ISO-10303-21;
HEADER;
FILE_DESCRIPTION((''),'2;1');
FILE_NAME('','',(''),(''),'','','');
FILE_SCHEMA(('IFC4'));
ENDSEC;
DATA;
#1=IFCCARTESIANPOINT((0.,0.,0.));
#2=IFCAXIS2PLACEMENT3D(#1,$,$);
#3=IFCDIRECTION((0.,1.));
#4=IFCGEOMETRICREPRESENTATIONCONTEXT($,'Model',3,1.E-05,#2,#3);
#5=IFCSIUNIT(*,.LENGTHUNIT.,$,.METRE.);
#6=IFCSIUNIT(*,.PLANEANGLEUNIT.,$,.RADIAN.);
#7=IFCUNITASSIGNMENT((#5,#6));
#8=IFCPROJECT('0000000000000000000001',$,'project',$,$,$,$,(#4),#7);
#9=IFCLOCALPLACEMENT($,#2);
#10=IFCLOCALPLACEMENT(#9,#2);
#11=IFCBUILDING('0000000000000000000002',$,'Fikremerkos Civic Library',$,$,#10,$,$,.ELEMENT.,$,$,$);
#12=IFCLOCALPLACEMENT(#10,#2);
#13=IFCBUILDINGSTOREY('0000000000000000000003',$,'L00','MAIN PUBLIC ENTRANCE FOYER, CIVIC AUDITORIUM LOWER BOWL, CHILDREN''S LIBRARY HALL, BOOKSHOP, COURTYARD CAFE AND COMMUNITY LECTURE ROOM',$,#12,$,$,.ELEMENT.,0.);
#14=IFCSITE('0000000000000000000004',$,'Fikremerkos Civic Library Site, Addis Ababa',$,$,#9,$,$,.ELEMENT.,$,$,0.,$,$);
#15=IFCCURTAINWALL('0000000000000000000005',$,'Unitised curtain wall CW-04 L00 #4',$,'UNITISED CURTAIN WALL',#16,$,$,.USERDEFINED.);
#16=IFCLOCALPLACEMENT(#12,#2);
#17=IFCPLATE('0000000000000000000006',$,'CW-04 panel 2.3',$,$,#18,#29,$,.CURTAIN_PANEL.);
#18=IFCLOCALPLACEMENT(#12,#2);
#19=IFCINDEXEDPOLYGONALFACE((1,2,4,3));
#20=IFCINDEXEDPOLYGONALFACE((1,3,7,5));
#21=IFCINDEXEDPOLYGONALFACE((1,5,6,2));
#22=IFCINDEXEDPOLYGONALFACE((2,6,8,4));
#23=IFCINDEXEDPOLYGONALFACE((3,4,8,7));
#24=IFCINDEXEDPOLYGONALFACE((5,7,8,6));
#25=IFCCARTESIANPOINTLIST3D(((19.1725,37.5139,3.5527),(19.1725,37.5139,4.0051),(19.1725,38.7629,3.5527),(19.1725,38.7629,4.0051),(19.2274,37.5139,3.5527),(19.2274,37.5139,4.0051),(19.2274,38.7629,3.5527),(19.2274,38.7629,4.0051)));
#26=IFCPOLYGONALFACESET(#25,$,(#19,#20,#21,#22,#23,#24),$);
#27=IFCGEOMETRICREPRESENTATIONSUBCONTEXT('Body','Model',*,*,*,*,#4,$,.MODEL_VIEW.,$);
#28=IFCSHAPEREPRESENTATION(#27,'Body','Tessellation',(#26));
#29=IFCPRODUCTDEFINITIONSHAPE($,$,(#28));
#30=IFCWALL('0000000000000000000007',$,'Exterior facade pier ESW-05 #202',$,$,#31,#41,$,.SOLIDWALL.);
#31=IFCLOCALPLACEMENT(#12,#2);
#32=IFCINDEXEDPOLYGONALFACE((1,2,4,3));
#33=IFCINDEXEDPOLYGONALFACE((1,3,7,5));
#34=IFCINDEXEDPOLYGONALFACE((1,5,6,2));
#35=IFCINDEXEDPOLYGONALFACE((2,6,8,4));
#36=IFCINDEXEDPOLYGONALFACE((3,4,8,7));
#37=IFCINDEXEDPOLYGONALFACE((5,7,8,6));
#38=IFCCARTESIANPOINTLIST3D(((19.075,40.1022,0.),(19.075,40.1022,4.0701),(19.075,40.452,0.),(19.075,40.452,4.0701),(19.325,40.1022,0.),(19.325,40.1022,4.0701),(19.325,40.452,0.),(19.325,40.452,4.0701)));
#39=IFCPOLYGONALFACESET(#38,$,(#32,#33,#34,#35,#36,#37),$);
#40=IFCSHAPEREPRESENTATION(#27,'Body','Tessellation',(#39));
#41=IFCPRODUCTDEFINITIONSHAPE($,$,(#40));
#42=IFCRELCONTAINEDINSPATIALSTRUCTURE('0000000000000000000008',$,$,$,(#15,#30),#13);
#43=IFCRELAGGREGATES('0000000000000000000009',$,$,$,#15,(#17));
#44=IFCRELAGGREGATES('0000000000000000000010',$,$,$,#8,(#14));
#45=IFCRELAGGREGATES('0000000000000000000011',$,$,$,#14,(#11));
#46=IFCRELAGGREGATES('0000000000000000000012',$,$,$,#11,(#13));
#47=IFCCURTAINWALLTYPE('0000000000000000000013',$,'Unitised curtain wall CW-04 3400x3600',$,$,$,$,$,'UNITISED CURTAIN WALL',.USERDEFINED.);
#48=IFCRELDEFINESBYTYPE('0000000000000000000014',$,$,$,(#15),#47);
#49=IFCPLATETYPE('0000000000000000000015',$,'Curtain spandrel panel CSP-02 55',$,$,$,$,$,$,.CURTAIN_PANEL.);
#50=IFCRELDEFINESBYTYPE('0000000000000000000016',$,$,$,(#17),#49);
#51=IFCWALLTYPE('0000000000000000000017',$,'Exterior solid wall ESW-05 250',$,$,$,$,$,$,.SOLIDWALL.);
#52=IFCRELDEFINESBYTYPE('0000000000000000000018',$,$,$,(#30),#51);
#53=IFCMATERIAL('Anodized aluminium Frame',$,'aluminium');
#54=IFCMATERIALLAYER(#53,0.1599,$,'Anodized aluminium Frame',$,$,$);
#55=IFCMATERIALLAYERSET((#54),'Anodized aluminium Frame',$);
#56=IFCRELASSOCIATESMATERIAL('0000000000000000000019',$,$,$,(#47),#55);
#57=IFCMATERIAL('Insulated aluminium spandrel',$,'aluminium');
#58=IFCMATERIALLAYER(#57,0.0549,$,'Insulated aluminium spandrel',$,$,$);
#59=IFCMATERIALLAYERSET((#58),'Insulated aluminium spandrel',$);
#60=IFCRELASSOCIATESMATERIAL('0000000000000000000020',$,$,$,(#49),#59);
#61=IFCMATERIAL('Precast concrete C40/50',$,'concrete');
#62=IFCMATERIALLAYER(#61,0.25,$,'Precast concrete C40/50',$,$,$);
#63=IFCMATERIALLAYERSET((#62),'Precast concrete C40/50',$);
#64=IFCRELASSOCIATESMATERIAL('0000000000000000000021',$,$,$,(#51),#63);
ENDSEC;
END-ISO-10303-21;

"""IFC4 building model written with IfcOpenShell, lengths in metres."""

from ifc_helpers import new_model, si_unit, direction, frame, frame_2d, origin, origin_2d, place, context, subcontext, project, spatial, rectangle, extrude, material, layer, layer_set, type_object, element, aggregate, save


model = new_model("IFC4")

# Units and contexts
model_context = context("Model", 3, precision=1e-05, world=origin(), true_north=direction((0.0, 1.0)))
body_context = subcontext(model_context, "Body", "Model", "MODEL_VIEW")
ifc_project = project(units=[si_unit("LENGTHUNIT", "METRE"), si_unit("PLANEANGLEUNIT", "RADIAN")], contexts=[model_context])

# Site, building, storey
site_placement = place(None, origin())
site = spatial("IfcSite", under=ifc_project, at=site_placement, Name="Fikremerkos Civic Library Site, Addis Ababa", CompositionType="ELEMENT", RefElevation=0.0)
building_placement = place(site_placement, origin())
building = spatial("IfcBuilding", under=site, at=building_placement, Name="Fikremerkos Civic Library", CompositionType="ELEMENT")
storey_placement = place(building_placement, origin())
storey = spatial("IfcBuildingStorey", under=building, at=storey_placement, Name="L00", Description="MAIN PUBLIC ENTRANCE FOYER, CIVIC AUDITORIUM LOWER BOWL, CHILDREN'S LIBRARY HALL, BOOKSHOP, COURTYARD CAFE AND COMMUNITY LECTURE ROOM", CompositionType="ELEMENT", Elevation=0.0)

# Curtain wall
ifc_material_1 = material(Name="Anodized aluminium Frame", Category="aluminium")
ifc_layer_1 = layer(ifc_material_1, 0.1599, Name="Anodized aluminium Frame")
ifc_layer_set_1 = layer_set([ifc_layer_1], Name="Anodized aluminium Frame")
curtain_wall_type = type_object("IfcCurtainWallType", Name="Unitised curtain wall CW-04 3400x3600", ElementType="UNITISED CURTAIN WALL", PredefinedType="USERDEFINED", material=ifc_layer_set_1)
curtain_wall_placement = place(storey_placement, origin())
curtain_wall = element("IfcCurtainWall", 1, at=curtain_wall_placement, inside=storey, type_object=curtain_wall_type, Name="Unitised curtain wall CW-04 L00 #4", ObjectType="UNITISED CURTAIN WALL", PredefinedType="USERDEFINED")

# Plate
ifc_material_2 = material(Name="Insulated aluminium spandrel", Category="aluminium")
ifc_layer_2 = layer(ifc_material_2, 0.0549, Name="Insulated aluminium spandrel")
ifc_layer_set_2 = layer_set([ifc_layer_2], Name="Insulated aluminium spandrel")
plate_type = type_object("IfcPlateType", Name="Curtain spandrel panel CSP-02 55", PredefinedType="CURTAIN_PANEL", material=ifc_layer_set_2)
plate_1_placement = place(storey_placement, frame((19.2, 38.1384, 3.5527), z_axis=(0.0, 0.0, 1.0), x_axis=(0.0, -1.0, 0.0)))
plate_1 = element("IfcPlate", 2, at=plate_1_placement, type_object=plate_type, Name="CW-04 panel 2.3", PredefinedType="CURTAIN_PANEL", context=body_context, shape_type="SweptSolid", body=[
    extrude(rectangle(XDim=1.249, YDim=0.0549, at=origin_2d()), origin(), (0.0, 0.0, 1.0), 0.4524),
])
aggregate(curtain_wall, [plate_1])

# Wall
ifc_material_3 = material(Name="Precast concrete C40/50", Category="concrete")
ifc_layer_3 = layer(ifc_material_3, 0.25, Name="Precast concrete C40/50")
ifc_layer_set_3 = layer_set([ifc_layer_3], Name="Precast concrete C40/50")
wall_type = type_object("IfcWallType", Name="Exterior solid wall ESW-05 250", PredefinedType="SOLIDWALL", material=ifc_layer_set_3)
wall_placement = place(storey_placement, frame((19.2, 40.4519, 0.0), z_axis=(0.0, 0.0, 1.0), x_axis=(0.0, -1.0, 0.0)))
element("IfcWall", 3, at=wall_placement, inside=storey, type_object=wall_type, Name="Exterior facade pier ESW-05 #202", PredefinedType="SOLIDWALL", context=body_context, shape_type="SweptSolid", body=[
    extrude(rectangle(XDim=0.3499, YDim=0.25, at=frame_2d((0.1748, 0.0))), origin(), (0.0, 0.0, 1.0), 4.0701),
])

save(model, "model.ifc")
